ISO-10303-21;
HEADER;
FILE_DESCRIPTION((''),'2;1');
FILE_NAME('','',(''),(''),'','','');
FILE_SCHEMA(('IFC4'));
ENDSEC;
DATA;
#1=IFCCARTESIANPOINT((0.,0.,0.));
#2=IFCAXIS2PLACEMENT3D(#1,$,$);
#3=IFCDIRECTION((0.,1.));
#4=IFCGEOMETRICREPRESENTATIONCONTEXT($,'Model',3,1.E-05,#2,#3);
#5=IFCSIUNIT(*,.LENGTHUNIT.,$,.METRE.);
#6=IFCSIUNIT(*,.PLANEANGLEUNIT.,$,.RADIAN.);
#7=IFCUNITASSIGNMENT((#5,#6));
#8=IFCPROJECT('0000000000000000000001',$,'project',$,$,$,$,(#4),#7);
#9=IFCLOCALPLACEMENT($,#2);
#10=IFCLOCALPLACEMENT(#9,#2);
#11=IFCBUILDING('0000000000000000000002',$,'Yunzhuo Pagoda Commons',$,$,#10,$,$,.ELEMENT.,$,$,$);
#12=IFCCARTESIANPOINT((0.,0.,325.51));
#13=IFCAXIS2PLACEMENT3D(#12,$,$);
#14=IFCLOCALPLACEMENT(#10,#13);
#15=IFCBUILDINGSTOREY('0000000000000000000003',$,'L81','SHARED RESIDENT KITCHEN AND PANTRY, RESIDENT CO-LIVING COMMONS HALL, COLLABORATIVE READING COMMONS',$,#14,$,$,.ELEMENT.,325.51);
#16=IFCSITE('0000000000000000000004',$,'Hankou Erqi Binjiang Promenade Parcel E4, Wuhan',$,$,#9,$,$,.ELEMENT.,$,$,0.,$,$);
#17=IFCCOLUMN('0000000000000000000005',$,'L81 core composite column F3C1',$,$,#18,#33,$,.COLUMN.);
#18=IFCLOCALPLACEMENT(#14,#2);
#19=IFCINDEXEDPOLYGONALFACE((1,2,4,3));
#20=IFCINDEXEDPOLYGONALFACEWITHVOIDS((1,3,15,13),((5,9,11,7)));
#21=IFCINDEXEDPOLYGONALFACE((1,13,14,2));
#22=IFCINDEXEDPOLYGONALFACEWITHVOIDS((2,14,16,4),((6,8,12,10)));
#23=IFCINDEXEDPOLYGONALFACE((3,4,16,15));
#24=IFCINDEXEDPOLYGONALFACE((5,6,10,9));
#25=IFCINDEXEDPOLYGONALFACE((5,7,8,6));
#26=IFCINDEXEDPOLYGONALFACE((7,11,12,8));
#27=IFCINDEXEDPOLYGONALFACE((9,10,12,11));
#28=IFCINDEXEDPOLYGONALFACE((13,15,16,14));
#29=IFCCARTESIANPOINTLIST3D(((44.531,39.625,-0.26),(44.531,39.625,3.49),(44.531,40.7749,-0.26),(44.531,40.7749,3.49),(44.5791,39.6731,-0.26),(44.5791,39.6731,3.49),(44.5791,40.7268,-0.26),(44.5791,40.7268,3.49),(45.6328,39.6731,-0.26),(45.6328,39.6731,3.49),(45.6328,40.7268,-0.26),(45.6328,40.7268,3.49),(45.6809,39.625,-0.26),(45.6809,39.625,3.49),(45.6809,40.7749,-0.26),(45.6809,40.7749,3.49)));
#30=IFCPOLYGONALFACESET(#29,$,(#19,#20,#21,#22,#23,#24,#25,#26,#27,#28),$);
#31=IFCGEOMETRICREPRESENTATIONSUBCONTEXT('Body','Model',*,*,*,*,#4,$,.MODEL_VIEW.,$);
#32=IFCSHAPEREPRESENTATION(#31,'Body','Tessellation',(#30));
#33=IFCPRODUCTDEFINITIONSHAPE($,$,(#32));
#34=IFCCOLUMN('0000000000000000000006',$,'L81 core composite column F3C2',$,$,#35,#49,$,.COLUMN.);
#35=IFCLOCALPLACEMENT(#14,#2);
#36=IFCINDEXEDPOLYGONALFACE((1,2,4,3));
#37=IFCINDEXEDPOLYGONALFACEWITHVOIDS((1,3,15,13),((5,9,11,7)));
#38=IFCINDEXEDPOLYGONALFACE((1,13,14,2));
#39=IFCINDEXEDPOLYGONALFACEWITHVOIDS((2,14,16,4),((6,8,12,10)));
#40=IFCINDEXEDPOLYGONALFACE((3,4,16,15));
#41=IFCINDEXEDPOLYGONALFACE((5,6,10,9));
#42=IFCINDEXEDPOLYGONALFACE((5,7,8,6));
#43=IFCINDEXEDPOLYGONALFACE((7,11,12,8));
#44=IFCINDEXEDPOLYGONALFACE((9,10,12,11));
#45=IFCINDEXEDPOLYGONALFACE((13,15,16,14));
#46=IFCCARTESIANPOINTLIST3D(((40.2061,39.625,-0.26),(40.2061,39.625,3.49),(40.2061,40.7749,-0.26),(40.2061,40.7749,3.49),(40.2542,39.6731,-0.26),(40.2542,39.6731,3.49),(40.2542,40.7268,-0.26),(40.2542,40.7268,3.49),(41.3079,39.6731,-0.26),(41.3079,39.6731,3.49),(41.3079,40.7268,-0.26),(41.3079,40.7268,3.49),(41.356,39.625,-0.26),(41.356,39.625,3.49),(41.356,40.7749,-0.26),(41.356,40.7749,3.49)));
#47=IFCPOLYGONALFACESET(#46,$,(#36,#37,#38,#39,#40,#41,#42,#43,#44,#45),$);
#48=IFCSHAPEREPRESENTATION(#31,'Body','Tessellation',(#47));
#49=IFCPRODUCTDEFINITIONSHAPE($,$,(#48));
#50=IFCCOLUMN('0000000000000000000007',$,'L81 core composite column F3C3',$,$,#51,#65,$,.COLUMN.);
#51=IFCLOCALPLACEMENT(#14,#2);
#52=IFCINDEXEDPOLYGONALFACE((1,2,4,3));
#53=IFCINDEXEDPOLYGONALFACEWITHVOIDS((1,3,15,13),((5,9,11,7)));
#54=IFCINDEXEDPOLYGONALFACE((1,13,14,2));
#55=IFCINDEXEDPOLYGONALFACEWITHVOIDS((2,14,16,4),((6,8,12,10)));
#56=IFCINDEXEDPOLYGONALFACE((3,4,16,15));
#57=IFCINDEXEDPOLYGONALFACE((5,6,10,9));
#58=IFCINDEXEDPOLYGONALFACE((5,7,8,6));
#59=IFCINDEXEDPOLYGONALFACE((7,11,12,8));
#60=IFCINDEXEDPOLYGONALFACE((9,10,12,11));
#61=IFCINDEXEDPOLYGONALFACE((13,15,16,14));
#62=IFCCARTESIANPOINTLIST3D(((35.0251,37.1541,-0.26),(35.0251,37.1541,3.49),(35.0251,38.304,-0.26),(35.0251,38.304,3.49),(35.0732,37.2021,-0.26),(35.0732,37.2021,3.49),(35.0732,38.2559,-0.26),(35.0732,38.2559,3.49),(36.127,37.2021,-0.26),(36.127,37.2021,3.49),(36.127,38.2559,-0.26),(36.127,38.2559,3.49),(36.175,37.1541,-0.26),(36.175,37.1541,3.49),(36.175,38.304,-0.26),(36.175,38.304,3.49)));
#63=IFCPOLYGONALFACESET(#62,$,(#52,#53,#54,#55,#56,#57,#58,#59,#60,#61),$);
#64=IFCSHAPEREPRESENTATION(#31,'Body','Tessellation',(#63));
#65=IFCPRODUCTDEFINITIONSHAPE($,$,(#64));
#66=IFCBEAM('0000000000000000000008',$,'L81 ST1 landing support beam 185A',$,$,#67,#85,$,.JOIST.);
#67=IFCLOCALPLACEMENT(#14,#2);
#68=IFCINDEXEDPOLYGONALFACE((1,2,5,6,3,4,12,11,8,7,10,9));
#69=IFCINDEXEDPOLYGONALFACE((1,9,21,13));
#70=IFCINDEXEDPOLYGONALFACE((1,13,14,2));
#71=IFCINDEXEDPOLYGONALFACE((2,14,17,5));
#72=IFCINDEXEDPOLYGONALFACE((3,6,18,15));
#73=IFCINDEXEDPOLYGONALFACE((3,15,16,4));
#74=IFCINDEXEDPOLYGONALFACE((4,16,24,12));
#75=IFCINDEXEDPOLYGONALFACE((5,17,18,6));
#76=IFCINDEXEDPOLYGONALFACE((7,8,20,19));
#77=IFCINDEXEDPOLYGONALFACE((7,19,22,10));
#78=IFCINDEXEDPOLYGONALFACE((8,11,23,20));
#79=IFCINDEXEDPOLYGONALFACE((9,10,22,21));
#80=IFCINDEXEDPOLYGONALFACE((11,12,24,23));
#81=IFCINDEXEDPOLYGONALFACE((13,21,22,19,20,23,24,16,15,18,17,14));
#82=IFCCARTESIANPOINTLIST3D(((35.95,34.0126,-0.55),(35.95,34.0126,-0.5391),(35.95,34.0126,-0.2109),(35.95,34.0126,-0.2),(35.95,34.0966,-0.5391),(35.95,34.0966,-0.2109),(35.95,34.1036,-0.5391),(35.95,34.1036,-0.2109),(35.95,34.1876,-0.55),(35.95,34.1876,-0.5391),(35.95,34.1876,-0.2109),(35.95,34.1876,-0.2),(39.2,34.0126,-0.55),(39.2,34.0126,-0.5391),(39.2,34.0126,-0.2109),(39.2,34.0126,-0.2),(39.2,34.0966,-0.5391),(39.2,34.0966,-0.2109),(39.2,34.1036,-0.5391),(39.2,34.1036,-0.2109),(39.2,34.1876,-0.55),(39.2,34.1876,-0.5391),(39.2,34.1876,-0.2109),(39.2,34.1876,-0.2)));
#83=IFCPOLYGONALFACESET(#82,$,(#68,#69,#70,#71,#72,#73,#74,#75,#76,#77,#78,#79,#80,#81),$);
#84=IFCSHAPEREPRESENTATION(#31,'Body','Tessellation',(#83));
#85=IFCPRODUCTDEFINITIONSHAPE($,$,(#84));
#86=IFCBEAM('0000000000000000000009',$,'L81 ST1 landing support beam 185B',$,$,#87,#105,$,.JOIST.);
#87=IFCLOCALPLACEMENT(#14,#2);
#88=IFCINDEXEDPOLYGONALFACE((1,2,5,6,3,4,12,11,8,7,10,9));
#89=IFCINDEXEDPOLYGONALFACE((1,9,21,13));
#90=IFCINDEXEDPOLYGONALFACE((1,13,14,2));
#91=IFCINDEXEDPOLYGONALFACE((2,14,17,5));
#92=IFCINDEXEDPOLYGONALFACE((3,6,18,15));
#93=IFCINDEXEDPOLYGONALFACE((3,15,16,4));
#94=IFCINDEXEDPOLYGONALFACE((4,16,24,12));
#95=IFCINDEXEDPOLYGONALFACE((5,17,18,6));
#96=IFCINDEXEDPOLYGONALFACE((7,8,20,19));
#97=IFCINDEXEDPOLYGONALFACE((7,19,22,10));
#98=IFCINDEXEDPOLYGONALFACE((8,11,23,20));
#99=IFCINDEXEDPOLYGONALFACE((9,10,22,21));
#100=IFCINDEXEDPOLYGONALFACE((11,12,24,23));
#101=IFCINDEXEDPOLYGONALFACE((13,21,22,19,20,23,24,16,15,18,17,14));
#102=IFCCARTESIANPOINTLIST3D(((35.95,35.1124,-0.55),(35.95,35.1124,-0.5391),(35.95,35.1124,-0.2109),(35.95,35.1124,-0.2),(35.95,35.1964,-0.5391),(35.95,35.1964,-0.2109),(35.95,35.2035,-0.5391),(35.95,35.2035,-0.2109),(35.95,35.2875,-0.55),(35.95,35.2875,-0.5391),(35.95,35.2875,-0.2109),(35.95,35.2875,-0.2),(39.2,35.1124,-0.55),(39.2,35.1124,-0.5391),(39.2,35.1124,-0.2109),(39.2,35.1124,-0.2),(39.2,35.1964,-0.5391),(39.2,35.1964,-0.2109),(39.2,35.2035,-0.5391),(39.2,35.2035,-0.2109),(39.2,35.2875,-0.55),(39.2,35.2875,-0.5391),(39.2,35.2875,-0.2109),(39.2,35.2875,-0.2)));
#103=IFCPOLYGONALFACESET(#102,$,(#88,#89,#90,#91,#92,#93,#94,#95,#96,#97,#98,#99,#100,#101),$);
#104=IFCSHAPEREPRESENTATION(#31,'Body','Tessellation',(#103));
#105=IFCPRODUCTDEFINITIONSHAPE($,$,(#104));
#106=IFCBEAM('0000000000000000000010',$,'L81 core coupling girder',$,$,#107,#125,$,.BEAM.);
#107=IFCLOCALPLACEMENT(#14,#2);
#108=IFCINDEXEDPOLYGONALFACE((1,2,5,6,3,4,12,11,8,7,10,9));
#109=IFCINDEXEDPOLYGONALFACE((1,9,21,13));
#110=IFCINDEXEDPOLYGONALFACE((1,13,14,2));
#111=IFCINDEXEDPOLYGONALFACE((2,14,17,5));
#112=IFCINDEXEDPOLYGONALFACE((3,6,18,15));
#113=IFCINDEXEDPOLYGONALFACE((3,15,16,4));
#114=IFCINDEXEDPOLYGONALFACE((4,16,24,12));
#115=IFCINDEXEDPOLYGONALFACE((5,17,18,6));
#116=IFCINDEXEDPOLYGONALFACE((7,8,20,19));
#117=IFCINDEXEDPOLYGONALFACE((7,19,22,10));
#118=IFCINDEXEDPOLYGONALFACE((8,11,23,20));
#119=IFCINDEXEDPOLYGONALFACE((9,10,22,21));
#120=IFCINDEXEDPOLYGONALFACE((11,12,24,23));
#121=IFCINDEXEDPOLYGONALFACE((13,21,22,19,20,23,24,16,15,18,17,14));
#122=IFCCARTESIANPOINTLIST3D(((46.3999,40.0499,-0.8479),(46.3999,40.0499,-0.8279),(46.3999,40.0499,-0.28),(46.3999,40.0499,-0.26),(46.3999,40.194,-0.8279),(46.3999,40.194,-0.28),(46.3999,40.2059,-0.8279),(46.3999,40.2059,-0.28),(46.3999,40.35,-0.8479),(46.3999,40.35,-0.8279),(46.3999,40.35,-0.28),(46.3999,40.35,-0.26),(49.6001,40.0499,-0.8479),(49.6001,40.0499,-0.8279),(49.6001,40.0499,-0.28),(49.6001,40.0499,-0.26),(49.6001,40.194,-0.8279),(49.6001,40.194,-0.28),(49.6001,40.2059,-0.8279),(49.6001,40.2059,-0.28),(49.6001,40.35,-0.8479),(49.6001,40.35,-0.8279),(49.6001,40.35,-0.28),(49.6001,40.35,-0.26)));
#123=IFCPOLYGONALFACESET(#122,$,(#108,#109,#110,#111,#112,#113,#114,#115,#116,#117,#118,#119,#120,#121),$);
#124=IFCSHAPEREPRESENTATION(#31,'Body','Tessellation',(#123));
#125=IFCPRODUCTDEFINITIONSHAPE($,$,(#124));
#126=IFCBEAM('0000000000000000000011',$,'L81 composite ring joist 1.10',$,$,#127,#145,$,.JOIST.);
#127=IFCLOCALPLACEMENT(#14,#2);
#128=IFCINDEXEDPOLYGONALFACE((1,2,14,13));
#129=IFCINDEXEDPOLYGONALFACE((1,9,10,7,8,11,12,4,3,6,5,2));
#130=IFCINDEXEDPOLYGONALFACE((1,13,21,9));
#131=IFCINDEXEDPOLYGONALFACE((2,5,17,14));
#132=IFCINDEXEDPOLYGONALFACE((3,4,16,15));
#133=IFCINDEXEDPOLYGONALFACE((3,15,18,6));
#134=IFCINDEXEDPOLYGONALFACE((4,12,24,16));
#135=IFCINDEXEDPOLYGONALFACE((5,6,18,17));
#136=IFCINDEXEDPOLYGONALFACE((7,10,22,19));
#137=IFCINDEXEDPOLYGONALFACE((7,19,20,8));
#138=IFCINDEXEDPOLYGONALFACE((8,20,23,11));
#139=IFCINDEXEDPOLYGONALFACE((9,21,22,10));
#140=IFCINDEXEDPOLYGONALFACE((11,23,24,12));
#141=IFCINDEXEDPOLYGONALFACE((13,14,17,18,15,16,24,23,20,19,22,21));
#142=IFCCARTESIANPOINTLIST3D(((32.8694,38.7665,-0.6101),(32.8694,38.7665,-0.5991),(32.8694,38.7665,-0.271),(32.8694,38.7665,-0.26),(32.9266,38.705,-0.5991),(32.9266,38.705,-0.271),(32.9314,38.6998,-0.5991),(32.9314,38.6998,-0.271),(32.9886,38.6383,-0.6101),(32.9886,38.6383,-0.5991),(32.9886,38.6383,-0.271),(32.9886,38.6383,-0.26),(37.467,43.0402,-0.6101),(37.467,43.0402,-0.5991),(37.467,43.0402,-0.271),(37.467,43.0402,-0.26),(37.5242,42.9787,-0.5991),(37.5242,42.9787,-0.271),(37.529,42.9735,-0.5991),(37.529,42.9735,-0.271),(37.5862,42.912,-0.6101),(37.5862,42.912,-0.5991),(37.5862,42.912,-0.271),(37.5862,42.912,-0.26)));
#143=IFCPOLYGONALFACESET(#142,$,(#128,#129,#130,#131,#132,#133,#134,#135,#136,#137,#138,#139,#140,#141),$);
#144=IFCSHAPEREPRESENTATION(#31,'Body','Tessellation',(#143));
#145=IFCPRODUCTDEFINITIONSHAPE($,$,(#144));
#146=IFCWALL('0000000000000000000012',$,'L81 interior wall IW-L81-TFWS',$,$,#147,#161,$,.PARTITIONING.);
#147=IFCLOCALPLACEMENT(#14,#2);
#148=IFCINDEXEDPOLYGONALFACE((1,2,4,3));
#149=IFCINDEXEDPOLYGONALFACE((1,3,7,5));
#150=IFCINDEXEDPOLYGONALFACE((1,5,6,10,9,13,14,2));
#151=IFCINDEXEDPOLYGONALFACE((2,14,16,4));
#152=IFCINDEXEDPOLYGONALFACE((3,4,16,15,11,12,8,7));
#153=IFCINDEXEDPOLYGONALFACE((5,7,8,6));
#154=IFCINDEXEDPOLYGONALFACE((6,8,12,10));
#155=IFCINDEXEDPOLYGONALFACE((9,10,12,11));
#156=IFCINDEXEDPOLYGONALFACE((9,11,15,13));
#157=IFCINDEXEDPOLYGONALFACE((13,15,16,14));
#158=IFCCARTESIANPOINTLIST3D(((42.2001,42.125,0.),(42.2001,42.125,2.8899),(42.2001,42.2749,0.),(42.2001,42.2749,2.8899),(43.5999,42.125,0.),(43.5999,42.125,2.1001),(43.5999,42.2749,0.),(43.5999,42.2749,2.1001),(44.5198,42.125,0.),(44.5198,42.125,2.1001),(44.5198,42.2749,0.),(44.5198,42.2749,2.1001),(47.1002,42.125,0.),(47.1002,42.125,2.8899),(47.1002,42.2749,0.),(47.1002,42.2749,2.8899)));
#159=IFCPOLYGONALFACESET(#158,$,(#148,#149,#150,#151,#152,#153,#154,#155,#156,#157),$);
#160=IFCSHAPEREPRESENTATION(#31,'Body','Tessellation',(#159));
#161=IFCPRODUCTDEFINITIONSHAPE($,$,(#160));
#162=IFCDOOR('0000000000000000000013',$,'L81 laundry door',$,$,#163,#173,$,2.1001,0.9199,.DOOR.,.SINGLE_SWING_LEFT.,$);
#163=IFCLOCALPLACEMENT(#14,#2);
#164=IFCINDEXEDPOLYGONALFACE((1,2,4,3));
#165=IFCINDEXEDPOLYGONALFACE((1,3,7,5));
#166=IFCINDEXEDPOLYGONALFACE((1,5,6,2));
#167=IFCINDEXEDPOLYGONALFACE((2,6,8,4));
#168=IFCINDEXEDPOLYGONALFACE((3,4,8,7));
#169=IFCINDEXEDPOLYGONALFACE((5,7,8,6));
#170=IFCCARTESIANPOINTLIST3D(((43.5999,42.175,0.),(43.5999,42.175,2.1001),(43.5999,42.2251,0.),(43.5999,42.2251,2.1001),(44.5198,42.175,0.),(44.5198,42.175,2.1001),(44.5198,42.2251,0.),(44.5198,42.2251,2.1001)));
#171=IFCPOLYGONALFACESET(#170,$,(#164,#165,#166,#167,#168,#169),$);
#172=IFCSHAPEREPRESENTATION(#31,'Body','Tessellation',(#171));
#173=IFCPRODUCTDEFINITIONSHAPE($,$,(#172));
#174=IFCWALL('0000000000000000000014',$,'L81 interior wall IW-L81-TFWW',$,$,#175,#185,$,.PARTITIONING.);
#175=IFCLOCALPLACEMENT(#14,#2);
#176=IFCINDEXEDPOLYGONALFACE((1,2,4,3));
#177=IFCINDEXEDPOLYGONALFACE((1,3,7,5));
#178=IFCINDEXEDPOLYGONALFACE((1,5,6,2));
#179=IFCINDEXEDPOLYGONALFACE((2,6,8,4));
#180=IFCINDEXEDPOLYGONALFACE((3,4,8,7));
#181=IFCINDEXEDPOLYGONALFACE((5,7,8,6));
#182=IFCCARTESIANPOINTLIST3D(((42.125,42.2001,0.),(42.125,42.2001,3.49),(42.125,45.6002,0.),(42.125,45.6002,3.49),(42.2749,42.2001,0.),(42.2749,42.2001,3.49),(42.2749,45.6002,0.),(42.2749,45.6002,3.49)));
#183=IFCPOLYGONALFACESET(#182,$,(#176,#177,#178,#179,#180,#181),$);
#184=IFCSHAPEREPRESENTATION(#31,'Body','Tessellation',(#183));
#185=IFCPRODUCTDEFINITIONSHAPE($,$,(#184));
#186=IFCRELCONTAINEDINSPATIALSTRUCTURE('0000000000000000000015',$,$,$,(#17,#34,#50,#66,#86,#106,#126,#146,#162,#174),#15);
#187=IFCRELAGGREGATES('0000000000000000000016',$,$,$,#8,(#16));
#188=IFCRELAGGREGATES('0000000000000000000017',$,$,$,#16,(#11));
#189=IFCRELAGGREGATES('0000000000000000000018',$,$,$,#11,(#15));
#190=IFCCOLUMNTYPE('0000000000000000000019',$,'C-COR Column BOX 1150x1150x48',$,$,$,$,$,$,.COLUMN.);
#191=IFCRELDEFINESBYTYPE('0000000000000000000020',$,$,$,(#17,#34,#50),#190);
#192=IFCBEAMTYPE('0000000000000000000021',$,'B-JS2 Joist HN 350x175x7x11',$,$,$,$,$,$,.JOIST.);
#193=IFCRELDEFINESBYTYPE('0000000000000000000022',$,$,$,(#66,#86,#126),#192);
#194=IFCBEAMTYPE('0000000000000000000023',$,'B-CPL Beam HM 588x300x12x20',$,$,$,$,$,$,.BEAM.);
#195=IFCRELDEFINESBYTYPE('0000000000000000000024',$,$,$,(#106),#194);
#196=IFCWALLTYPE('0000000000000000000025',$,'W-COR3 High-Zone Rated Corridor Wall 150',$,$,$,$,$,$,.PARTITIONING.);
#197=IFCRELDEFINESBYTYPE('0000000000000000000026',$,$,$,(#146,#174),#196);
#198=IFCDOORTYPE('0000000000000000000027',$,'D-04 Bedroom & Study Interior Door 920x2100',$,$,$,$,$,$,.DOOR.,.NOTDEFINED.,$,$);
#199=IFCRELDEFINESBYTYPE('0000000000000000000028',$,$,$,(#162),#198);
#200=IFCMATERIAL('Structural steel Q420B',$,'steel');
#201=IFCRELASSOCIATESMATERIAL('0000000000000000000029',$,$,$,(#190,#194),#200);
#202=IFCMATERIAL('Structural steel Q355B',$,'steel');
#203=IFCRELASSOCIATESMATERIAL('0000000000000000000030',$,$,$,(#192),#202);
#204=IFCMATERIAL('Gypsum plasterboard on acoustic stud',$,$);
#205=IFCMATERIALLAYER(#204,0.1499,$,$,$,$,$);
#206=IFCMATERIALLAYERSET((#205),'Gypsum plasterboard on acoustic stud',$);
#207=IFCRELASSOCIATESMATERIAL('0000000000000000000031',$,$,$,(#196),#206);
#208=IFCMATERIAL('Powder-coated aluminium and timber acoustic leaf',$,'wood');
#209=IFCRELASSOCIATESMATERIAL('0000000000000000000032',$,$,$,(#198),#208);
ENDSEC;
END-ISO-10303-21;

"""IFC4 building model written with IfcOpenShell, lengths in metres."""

from ifc_helpers import new_model, si_unit, direction, frame, frame_2d, origin, origin_2d, place, context, subcontext, project, spatial, rectangle, hollow_rectangle, i_section, extrude, source, transform, mapped, material, layer, layer_set, material_profile, profile_set, type_object, element, fill, save


model = new_model("IFC4")

# Units and contexts
model_context = context("Model", 3, precision=1e-05, world=origin(), true_north=direction((0.0, 1.0)))
body_context = subcontext(model_context, "Body", "Model", "MODEL_VIEW")
ifc_project = project(units=[si_unit("LENGTHUNIT", "METRE"), si_unit("PLANEANGLEUNIT", "RADIAN")], contexts=[model_context])

# Site, building, storey
site_placement = place(None, origin())
site = spatial("IfcSite", under=ifc_project, at=site_placement, Name="Hankou Erqi Binjiang Promenade Parcel E4, Wuhan", CompositionType="ELEMENT", RefElevation=0.0)
building_placement = place(site_placement, origin())
building = spatial("IfcBuilding", under=site, at=building_placement, Name="Yunzhuo Pagoda Commons", CompositionType="ELEMENT")
storey_placement = place(building_placement, frame((0.0, 0.0, 325.51)))
storey = spatial("IfcBuildingStorey", under=building, at=storey_placement, Name="L81", Description="SHARED RESIDENT KITCHEN AND PANTRY, RESIDENT CO-LIVING COMMONS HALL, COLLABORATIVE READING COMMONS", CompositionType="ELEMENT", Elevation=325.51)

# Columns
ifc_material_1 = material(Name="Structural steel Q420B", Category="steel")
ifc_material_profile_1 = material_profile(ifc_material_1, hollow_rectangle(XDim=1.1499, YDim=1.1499, WallThickness=0.0481, at=origin_2d()), Name="Structural steel Q420B")
ifc_profile_set_1 = profile_set([ifc_material_profile_1], Name="Structural steel Q420B")
column_type = type_object("IfcColumnType", Name="C-COR Column BOX 1150x1150x48", PredefinedType="COLUMN", material=ifc_profile_set_1)
shared_shape_1 = source(origin(), body_context, "Body", "SweptSolid", [
    extrude(hollow_rectangle(XDim=1.1499, YDim=1.1499, WallThickness=0.0481, at=origin_2d()), origin(), (0.0, 0.0, 1.0), 3.75),
])
for number, where, z_axis, x_axis, name in (
    (1, (45.106, 40.2, -0.26), (0.0, 0.0, 1.0), (1.0, 0.0, 0.0), "L81 core composite column F3C1"),
    (2, (40.781, 40.2, -0.26), (0.0, 0.0, 1.0), (1.0, 0.0, 0.0), "L81 core composite column F3C2"),
    (3, (35.6001, 37.729, -0.26), (0.0, 0.0, 1.0), (1.0, 0.0, 0.0), "L81 core composite column F3C3"),
):
    element("IfcColumn", number, at=place(storey_placement, frame(where, z_axis=z_axis, x_axis=x_axis)), inside=storey, type_object=column_type, Name=name, PredefinedType="COLUMN", context=body_context, shape_type="MappedRepresentation", body=[
        mapped(shared_shape_1, transform((0.0, 0.0, 0.0), scale=1.0)),
    ])

# Beams
ifc_material_2 = material(Name="Structural steel Q355B", Category="steel")
ifc_material_profile_2 = material_profile(ifc_material_2, i_section(OverallWidth=0.175, OverallDepth=0.3501, WebThickness=0.0071, FlangeThickness=0.011, at=origin_2d()), Name="Structural steel Q355B")
ifc_profile_set_2 = profile_set([ifc_material_profile_2], Name="Structural steel Q355B")
beam_type_1 = type_object("IfcBeamType", Name="B-JS2 Joist HN 350x175x7x11", PredefinedType="JOIST", material=ifc_profile_set_2)
shared_shape_2 = source(origin(), body_context, "Body", "SweptSolid", [
    extrude(i_section(OverallWidth=0.175, OverallDepth=0.3501, WebThickness=0.0071, FlangeThickness=0.011, at=origin_2d()), origin(), (0.0, 0.0, 1.0), 3.25),
])
for number, where, z_axis, x_axis, name in (
    (4, (35.95, 34.1001, -0.375), (1.0, 0.0, 0.0), (0.0, 1.0, 0.0), "L81 ST1 landing support beam 185A"),
    (5, (35.95, 35.2, -0.375), (1.0, 0.0, 0.0), (0.0, 1.0, 0.0), "L81 ST1 landing support beam 185B"),
):
    element("IfcBeam", number, at=place(storey_placement, frame(where, z_axis=z_axis, x_axis=x_axis)), inside=storey, type_object=beam_type_1, Name=name, PredefinedType="JOIST", context=body_context, shape_type="MappedRepresentation", body=[
        mapped(shared_shape_2, transform((0.0, 0.0, 0.0), scale=1.0)),
    ])
ifc_material_profile_3 = material_profile(ifc_material_1, i_section(OverallWidth=0.3, OverallDepth=0.5879, WebThickness=0.012, FlangeThickness=0.02, at=origin_2d()), Name="Structural steel Q420B")
ifc_profile_set_3 = profile_set([ifc_material_profile_3], Name="Structural steel Q420B")
beam_type_2 = type_object("IfcBeamType", Name="B-CPL Beam HM 588x300x12x20", PredefinedType="BEAM", material=ifc_profile_set_3)
shared_shape_3 = source(origin(), body_context, "Body", "SweptSolid", [
    extrude(i_section(OverallWidth=0.3, OverallDepth=0.5879, WebThickness=0.012, FlangeThickness=0.02, at=origin_2d()), origin(), (0.0, 0.0, 1.0), 3.2002),
])
beam_1_placement = place(storey_placement, frame((46.3999, 40.2, -0.554), z_axis=(1.0, 0.0, 0.0), x_axis=(0.0, 1.0, 0.0)))
element("IfcBeam", 6, at=beam_1_placement, inside=storey, type_object=beam_type_2, Name="L81 core coupling girder", PredefinedType="BEAM", context=body_context, shape_type="MappedRepresentation", body=[
    mapped(shared_shape_3, transform((0.0, 0.0, 0.0), scale=1.0)),
])
shared_shape_4 = source(origin(), body_context, "Body", "SweptSolid", [
    extrude(i_section(OverallWidth=0.175, OverallDepth=0.3501, WebThickness=0.0071, FlangeThickness=0.011, at=origin_2d()), origin(), (0.0, 0.0, 1.0), 6.2771),
])
beam_2_placement = place(storey_placement, frame((37.5266, 42.9761, -0.4351), z_axis=(-0.732442, -0.68083, 0.0), x_axis=(0.68083, -0.732442, 0.0)))
element("IfcBeam", 7, at=beam_2_placement, inside=storey, type_object=beam_type_1, Name="L81 composite ring joist 1.10", PredefinedType="JOIST", context=body_context, shape_type="MappedRepresentation", body=[
    mapped(shared_shape_4, transform((0.0, 0.0, 0.0), scale=1.0)),
])

# Wall, opening, door
ifc_material_3 = material(Name="Gypsum plasterboard on acoustic stud")
ifc_layer_1 = layer(ifc_material_3, 0.1499)
ifc_layer_set_1 = layer_set([ifc_layer_1], Name="Gypsum plasterboard on acoustic stud")
wall_type_1 = type_object("IfcWallType", Name="W-COR3 High-Zone Rated Corridor Wall 150", PredefinedType="PARTITIONING", material=ifc_layer_set_1)
wall_1_placement = place(storey_placement, frame((42.2, 42.2, 0.0), z_axis=(0.0, 0.0, 1.0), x_axis=(1.0, 0.0, 0.0)))
wall_1 = element("IfcWall", 8, at=wall_1_placement, inside=storey, type_object=wall_type_1, Name="L81 interior wall IW-L81-TFWS", PredefinedType="PARTITIONING", context=body_context, shape_type="SweptSolid", body=[
    extrude(rectangle(XDim=4.9001, YDim=0.1499, at=frame_2d((2.4502, 0.0))), origin(), (0.0, 0.0, 1.0), 2.8899),
])
opening_1_placement = place(wall_1_placement, frame((1.3999, 0.0, 0.0)))
opening_1 = element("IfcOpeningElement", 9, at=opening_1_placement, cuts=wall_1, PredefinedType="OPENING", context=body_context, shape_type="SweptSolid", body=[
    extrude(rectangle(XDim=0.9199, YDim=2.1001, at=frame_2d((0.46, 1.05))), frame((0.0, 0.085, 0.0), z_axis=(0.0, -1.0, 0.0), x_axis=(1.0, 0.0, 0.0)), (0.0, 0.0, 1.0), 0.1699),
])
ifc_material_4 = material(Name="Powder-coated aluminium and timber acoustic leaf", Category="wood")
door_type_1 = type_object("IfcDoorType", Name="D-04 Bedroom & Study Interior Door 920x2100", OperationType="NOTDEFINED", PredefinedType="DOOR", material=ifc_material_4)
shared_shape_5 = source(origin(), body_context, "Body", "SweptSolid", [
    extrude(rectangle(XDim=0.9199, YDim=2.1001, at=frame_2d((0.46, 1.05))), frame((0.0, 0.0249, 0.0), z_axis=(0.0, -1.0, 0.0), x_axis=(1.0, 0.0, 0.0)), (0.0, 0.0, 1.0), 0.05),
])
door_1_placement = place(opening_1_placement, frame((0.9199, 0.0, 0.0), z_axis=(0.0, 0.0, 1.0), x_axis=(-1.0, 0.0, 0.0)))
door_1 = element("IfcDoor", 10, at=door_1_placement, inside=storey, type_object=door_type_1, Name="L81 laundry door", OperationType="SINGLE_SWING_LEFT", OverallHeight=2.1001, OverallWidth=0.9199, PredefinedType="DOOR", context=body_context, shape_type="MappedRepresentation", body=[
    mapped(shared_shape_5, transform((0.0, 0.0, 0.0), scale=1.0)),
])
fill(opening_1, door_1)

# Wall
wall_2_placement = place(storey_placement, frame((42.2, 42.2, 0.0), z_axis=(0.0, 0.0, 1.0), x_axis=(0.0, 1.0, 0.0)))
element("IfcWall", 11, at=wall_2_placement, inside=storey, type_object=wall_type_1, Name="L81 interior wall IW-L81-TFWW", PredefinedType="PARTITIONING", context=body_context, shape_type="SweptSolid", body=[
    extrude(rectangle(XDim=3.4001, YDim=0.1499, at=frame_2d((1.7002, 0.0))), origin(), (0.0, 0.0, 1.0), 3.49),
])

save(model, "model.ifc")
